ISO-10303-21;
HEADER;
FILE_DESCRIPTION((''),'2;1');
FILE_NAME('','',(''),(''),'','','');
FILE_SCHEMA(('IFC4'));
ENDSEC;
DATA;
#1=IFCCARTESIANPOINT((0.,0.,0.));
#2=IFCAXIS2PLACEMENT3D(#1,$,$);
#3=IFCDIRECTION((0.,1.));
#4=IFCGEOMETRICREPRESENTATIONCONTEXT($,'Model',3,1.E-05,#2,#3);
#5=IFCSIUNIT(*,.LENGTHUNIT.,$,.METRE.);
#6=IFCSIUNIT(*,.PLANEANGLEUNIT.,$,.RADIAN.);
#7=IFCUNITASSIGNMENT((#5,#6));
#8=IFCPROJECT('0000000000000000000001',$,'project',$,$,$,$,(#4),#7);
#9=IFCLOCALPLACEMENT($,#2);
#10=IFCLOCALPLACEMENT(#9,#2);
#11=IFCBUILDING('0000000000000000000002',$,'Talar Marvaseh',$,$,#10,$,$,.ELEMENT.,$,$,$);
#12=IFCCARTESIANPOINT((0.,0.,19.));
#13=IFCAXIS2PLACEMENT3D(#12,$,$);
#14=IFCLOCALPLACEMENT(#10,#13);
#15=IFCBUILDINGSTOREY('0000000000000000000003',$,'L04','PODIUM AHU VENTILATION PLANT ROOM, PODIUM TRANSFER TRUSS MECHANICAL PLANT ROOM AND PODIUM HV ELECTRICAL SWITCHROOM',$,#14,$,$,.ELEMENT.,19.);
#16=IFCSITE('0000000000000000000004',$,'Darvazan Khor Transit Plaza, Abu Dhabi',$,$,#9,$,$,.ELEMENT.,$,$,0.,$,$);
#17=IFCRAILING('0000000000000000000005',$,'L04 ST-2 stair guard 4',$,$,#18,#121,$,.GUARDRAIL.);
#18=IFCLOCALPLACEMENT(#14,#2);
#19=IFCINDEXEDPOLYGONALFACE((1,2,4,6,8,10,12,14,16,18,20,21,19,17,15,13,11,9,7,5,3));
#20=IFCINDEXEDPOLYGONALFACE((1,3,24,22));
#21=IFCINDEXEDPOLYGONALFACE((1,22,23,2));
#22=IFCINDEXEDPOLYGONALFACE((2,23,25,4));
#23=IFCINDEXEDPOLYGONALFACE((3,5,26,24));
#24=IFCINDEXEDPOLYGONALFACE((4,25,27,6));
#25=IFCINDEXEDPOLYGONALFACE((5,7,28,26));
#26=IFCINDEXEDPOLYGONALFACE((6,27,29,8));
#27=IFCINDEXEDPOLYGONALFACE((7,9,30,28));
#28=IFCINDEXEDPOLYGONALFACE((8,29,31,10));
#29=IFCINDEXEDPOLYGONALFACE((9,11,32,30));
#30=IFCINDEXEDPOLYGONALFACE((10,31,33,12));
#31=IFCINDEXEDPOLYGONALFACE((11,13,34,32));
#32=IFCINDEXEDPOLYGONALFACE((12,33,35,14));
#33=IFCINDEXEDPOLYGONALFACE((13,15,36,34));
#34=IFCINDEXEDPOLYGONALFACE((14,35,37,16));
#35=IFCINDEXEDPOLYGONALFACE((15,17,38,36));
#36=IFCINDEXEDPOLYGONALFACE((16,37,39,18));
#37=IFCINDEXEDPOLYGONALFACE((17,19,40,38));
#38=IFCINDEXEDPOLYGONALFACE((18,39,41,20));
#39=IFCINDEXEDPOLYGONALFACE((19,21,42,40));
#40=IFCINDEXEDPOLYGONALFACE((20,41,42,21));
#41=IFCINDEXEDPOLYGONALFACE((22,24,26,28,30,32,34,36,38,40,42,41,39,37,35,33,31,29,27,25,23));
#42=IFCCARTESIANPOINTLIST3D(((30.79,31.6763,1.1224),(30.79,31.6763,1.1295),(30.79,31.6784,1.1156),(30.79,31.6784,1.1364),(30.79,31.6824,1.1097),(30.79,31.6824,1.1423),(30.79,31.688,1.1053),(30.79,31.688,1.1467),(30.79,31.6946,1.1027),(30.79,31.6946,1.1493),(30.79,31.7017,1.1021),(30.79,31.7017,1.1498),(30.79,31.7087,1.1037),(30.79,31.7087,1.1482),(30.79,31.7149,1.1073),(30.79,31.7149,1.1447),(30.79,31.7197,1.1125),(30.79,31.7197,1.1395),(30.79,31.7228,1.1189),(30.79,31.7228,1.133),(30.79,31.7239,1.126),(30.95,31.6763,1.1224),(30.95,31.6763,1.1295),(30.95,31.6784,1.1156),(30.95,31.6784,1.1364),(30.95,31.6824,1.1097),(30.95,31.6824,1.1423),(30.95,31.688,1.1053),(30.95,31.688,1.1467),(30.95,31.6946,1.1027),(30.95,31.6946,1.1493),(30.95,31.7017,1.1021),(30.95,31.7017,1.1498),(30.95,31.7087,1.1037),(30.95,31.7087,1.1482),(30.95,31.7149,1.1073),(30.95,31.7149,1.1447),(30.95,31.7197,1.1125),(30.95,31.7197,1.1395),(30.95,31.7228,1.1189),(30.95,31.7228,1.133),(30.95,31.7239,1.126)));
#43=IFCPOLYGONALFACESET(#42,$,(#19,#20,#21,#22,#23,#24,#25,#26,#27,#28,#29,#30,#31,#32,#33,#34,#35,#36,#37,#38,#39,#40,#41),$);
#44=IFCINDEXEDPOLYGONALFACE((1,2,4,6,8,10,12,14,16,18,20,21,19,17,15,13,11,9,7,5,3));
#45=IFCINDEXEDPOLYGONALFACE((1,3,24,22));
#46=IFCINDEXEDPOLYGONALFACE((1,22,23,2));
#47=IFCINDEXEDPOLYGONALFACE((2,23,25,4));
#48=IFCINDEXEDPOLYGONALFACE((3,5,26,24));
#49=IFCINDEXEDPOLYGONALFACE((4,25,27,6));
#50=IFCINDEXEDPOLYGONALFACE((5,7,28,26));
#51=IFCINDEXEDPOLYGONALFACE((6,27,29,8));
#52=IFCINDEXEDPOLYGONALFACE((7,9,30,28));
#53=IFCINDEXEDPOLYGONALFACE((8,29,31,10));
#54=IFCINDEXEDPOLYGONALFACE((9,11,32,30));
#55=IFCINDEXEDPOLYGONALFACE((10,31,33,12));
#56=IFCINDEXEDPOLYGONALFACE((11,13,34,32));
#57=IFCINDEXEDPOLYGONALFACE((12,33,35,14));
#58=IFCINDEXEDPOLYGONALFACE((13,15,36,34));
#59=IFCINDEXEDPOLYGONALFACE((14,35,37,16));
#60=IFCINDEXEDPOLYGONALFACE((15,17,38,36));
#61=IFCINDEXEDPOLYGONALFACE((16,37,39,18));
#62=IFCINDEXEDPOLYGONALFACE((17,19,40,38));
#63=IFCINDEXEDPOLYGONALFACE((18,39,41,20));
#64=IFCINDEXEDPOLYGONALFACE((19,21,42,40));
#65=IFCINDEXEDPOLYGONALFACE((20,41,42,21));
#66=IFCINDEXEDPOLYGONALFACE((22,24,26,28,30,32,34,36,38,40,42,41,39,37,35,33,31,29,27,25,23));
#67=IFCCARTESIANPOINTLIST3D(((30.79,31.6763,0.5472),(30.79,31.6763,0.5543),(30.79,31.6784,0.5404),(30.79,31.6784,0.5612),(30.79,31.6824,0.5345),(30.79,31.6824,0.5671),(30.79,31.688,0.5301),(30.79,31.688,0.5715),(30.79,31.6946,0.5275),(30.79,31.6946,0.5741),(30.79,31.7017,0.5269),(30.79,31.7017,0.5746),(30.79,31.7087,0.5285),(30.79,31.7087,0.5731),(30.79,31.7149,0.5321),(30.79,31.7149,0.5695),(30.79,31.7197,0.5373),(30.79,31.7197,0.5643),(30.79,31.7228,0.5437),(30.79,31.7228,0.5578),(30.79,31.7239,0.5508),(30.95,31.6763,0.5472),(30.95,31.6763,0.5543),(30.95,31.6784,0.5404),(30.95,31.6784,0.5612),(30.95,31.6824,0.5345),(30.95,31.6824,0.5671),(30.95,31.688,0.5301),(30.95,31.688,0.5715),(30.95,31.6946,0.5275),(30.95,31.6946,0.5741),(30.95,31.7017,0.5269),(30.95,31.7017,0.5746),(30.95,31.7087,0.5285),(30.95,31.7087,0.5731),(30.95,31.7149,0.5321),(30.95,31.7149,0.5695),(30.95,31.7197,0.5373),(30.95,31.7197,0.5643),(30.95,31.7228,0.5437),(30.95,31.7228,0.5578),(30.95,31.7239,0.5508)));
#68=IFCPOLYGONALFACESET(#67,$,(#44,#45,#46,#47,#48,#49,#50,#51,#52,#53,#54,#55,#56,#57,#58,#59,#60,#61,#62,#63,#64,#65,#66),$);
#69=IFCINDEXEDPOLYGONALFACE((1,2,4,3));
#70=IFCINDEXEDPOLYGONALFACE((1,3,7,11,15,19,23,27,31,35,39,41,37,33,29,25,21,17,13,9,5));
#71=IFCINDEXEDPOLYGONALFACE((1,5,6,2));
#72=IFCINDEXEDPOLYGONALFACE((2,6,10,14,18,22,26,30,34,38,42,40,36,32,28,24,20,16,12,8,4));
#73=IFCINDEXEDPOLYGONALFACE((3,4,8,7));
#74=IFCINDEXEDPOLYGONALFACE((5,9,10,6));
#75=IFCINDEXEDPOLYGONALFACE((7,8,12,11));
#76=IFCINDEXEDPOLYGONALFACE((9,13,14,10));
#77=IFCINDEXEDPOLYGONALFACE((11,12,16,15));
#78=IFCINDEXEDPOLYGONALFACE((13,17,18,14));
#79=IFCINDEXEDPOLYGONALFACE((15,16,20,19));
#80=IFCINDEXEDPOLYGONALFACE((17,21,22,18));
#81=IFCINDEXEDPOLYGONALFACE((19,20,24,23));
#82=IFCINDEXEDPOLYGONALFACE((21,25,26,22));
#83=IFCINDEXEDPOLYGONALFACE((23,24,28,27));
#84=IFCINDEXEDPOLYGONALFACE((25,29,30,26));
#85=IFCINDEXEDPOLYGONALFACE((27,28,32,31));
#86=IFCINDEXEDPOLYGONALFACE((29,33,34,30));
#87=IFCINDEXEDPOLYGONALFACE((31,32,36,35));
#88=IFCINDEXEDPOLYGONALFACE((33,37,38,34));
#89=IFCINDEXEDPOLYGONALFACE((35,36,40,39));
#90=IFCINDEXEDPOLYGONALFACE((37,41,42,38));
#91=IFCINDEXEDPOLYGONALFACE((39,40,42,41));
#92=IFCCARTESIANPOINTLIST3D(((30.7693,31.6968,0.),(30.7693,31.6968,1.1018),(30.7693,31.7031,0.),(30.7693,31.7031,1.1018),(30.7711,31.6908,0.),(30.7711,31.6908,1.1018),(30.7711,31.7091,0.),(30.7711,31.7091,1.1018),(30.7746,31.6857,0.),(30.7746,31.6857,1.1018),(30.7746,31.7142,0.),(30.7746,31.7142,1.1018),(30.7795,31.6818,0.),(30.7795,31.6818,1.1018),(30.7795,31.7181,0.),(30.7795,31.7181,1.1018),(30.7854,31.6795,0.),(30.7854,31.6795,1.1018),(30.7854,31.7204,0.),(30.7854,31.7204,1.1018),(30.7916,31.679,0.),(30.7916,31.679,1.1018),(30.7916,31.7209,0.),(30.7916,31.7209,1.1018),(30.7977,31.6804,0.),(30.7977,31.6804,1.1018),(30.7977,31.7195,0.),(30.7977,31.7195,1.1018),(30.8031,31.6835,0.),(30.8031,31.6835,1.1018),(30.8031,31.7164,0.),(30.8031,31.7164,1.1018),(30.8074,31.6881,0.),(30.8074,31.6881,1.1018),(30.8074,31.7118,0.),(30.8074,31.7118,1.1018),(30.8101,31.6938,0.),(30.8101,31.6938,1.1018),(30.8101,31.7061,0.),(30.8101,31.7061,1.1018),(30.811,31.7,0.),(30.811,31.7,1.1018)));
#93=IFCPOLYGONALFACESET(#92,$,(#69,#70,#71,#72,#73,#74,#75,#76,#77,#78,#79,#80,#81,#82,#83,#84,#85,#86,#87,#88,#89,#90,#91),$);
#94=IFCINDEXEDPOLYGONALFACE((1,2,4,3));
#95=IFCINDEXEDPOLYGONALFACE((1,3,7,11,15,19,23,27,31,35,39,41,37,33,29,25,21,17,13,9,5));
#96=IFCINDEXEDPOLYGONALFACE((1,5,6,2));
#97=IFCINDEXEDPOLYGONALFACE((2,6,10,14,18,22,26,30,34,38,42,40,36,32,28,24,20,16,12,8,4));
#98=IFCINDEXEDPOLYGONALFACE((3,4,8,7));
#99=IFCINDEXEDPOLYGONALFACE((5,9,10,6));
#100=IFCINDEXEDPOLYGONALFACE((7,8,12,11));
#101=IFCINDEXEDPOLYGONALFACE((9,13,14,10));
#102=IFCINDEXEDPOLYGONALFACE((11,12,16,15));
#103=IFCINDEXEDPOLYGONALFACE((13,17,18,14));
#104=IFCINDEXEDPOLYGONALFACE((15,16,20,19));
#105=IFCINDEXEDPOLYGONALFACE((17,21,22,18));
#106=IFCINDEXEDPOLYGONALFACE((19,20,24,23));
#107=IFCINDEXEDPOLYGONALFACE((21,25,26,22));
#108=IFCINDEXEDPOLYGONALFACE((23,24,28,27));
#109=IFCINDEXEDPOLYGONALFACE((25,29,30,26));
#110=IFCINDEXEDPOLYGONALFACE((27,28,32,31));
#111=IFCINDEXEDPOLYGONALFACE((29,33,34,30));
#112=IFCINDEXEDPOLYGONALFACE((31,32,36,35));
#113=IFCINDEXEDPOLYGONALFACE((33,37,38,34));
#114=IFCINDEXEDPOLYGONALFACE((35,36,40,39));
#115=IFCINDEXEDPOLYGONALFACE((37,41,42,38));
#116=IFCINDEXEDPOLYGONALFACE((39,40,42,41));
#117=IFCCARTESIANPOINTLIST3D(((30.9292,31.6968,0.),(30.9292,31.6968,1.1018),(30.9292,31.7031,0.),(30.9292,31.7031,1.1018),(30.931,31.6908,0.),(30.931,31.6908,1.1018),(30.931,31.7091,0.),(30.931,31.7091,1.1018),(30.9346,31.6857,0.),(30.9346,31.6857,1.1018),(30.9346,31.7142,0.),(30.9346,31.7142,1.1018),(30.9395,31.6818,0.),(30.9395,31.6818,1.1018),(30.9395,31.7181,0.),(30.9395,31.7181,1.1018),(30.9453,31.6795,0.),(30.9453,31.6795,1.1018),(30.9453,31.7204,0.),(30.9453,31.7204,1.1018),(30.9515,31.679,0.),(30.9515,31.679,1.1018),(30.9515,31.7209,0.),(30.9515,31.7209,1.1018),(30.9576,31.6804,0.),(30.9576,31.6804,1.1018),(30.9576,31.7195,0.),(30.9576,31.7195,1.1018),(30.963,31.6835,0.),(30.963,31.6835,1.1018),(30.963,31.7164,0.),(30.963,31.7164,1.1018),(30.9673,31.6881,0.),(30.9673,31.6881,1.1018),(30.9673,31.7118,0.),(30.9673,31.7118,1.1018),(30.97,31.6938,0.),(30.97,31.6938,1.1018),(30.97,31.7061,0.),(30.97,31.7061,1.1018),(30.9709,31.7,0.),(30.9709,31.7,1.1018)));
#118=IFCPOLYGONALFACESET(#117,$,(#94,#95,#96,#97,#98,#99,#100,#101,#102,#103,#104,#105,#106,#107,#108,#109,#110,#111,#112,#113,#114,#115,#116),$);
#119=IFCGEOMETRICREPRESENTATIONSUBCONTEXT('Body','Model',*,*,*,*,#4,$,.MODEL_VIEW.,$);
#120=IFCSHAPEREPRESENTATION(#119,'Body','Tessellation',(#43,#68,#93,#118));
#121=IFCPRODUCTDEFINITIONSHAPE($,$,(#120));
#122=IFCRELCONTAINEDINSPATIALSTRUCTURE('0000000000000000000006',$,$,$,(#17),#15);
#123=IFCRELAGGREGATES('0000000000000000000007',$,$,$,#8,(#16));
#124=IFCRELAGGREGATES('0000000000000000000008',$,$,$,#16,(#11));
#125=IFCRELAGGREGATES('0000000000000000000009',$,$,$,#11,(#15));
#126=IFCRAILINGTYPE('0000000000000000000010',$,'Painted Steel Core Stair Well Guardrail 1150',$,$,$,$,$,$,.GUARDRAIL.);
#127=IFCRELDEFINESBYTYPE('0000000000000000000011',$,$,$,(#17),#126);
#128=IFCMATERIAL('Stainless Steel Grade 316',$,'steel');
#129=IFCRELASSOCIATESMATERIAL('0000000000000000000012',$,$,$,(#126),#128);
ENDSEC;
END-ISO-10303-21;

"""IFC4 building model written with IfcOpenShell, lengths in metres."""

from ifc_helpers import new_model, si_unit, direction, frame, origin, origin_2d, place, context, subcontext, project, spatial, circle, extrude, material, type_object, element, save


model = new_model("IFC4")

# Units and contexts
model_context = context("Model", 3, precision=1e-05, world=origin(), true_north=direction((0.0, 1.0)))
body_context = subcontext(model_context, "Body", "Model", "MODEL_VIEW")
ifc_project = project(units=[si_unit("LENGTHUNIT", "METRE"), si_unit("PLANEANGLEUNIT", "RADIAN")], contexts=[model_context])

# Site, building, storey
site_placement = place(None, origin())
site = spatial("IfcSite", under=ifc_project, at=site_placement, Name="Darvazan Khor Transit Plaza, Abu Dhabi", CompositionType="ELEMENT", RefElevation=0.0)
building_placement = place(site_placement, origin())
building = spatial("IfcBuilding", under=site, at=building_placement, Name="Talar Marvaseh", CompositionType="ELEMENT")
storey_placement = place(building_placement, frame((0.0, 0.0, 19.0)))
storey = spatial("IfcBuildingStorey", under=building, at=storey_placement, Name="L04", Description="PODIUM AHU VENTILATION PLANT ROOM, PODIUM TRANSFER TRUSS MECHANICAL PLANT ROOM AND PODIUM HV ELECTRICAL SWITCHROOM", CompositionType="ELEMENT", Elevation=19.0)

# Shared definitions
ifc_material_1 = material(Name="Stainless Steel Grade 316", Category="steel")

# Railing
railing_type_1 = type_object("IfcRailingType", Name="Painted Steel Core Stair Well Guardrail 1150", PredefinedType="GUARDRAIL", material=ifc_material_1)
railing_1_placement = place(storey_placement, frame((30.79, 31.7, 0.0)))
element("IfcRailing", 1, at=railing_1_placement, inside=storey, type_object=railing_type_1, Name="L04 ST-2 stair guard 4", PredefinedType="GUARDRAIL", context=body_context, shape_type="SweptSolid", body=[
    extrude(circle(Radius=0.0239, at=origin_2d()), frame((0.0, 0.0, 1.126), z_axis=(1.0, 0.0, 0.0), x_axis=(0.0, 1.0, 0.0)), (0.0, 0.0, 1.0), 0.1599),
    extrude(circle(Radius=0.0239, at=origin_2d()), frame((0.0, 0.0, 0.5508), z_axis=(1.0, 0.0, 0.0), x_axis=(0.0, 1.0, 0.0)), (0.0, 0.0, 1.0), 0.1599),
    extrude(circle(Radius=0.021, at=origin_2d()), origin(), (0.0, 0.0, 1.0), 1.1018),
    extrude(circle(Radius=0.021, at=origin_2d()), frame((0.1599, 0.0, 0.0)), (0.0, 0.0, 1.0), 1.1018),
])

save(model, "model.ifc")
